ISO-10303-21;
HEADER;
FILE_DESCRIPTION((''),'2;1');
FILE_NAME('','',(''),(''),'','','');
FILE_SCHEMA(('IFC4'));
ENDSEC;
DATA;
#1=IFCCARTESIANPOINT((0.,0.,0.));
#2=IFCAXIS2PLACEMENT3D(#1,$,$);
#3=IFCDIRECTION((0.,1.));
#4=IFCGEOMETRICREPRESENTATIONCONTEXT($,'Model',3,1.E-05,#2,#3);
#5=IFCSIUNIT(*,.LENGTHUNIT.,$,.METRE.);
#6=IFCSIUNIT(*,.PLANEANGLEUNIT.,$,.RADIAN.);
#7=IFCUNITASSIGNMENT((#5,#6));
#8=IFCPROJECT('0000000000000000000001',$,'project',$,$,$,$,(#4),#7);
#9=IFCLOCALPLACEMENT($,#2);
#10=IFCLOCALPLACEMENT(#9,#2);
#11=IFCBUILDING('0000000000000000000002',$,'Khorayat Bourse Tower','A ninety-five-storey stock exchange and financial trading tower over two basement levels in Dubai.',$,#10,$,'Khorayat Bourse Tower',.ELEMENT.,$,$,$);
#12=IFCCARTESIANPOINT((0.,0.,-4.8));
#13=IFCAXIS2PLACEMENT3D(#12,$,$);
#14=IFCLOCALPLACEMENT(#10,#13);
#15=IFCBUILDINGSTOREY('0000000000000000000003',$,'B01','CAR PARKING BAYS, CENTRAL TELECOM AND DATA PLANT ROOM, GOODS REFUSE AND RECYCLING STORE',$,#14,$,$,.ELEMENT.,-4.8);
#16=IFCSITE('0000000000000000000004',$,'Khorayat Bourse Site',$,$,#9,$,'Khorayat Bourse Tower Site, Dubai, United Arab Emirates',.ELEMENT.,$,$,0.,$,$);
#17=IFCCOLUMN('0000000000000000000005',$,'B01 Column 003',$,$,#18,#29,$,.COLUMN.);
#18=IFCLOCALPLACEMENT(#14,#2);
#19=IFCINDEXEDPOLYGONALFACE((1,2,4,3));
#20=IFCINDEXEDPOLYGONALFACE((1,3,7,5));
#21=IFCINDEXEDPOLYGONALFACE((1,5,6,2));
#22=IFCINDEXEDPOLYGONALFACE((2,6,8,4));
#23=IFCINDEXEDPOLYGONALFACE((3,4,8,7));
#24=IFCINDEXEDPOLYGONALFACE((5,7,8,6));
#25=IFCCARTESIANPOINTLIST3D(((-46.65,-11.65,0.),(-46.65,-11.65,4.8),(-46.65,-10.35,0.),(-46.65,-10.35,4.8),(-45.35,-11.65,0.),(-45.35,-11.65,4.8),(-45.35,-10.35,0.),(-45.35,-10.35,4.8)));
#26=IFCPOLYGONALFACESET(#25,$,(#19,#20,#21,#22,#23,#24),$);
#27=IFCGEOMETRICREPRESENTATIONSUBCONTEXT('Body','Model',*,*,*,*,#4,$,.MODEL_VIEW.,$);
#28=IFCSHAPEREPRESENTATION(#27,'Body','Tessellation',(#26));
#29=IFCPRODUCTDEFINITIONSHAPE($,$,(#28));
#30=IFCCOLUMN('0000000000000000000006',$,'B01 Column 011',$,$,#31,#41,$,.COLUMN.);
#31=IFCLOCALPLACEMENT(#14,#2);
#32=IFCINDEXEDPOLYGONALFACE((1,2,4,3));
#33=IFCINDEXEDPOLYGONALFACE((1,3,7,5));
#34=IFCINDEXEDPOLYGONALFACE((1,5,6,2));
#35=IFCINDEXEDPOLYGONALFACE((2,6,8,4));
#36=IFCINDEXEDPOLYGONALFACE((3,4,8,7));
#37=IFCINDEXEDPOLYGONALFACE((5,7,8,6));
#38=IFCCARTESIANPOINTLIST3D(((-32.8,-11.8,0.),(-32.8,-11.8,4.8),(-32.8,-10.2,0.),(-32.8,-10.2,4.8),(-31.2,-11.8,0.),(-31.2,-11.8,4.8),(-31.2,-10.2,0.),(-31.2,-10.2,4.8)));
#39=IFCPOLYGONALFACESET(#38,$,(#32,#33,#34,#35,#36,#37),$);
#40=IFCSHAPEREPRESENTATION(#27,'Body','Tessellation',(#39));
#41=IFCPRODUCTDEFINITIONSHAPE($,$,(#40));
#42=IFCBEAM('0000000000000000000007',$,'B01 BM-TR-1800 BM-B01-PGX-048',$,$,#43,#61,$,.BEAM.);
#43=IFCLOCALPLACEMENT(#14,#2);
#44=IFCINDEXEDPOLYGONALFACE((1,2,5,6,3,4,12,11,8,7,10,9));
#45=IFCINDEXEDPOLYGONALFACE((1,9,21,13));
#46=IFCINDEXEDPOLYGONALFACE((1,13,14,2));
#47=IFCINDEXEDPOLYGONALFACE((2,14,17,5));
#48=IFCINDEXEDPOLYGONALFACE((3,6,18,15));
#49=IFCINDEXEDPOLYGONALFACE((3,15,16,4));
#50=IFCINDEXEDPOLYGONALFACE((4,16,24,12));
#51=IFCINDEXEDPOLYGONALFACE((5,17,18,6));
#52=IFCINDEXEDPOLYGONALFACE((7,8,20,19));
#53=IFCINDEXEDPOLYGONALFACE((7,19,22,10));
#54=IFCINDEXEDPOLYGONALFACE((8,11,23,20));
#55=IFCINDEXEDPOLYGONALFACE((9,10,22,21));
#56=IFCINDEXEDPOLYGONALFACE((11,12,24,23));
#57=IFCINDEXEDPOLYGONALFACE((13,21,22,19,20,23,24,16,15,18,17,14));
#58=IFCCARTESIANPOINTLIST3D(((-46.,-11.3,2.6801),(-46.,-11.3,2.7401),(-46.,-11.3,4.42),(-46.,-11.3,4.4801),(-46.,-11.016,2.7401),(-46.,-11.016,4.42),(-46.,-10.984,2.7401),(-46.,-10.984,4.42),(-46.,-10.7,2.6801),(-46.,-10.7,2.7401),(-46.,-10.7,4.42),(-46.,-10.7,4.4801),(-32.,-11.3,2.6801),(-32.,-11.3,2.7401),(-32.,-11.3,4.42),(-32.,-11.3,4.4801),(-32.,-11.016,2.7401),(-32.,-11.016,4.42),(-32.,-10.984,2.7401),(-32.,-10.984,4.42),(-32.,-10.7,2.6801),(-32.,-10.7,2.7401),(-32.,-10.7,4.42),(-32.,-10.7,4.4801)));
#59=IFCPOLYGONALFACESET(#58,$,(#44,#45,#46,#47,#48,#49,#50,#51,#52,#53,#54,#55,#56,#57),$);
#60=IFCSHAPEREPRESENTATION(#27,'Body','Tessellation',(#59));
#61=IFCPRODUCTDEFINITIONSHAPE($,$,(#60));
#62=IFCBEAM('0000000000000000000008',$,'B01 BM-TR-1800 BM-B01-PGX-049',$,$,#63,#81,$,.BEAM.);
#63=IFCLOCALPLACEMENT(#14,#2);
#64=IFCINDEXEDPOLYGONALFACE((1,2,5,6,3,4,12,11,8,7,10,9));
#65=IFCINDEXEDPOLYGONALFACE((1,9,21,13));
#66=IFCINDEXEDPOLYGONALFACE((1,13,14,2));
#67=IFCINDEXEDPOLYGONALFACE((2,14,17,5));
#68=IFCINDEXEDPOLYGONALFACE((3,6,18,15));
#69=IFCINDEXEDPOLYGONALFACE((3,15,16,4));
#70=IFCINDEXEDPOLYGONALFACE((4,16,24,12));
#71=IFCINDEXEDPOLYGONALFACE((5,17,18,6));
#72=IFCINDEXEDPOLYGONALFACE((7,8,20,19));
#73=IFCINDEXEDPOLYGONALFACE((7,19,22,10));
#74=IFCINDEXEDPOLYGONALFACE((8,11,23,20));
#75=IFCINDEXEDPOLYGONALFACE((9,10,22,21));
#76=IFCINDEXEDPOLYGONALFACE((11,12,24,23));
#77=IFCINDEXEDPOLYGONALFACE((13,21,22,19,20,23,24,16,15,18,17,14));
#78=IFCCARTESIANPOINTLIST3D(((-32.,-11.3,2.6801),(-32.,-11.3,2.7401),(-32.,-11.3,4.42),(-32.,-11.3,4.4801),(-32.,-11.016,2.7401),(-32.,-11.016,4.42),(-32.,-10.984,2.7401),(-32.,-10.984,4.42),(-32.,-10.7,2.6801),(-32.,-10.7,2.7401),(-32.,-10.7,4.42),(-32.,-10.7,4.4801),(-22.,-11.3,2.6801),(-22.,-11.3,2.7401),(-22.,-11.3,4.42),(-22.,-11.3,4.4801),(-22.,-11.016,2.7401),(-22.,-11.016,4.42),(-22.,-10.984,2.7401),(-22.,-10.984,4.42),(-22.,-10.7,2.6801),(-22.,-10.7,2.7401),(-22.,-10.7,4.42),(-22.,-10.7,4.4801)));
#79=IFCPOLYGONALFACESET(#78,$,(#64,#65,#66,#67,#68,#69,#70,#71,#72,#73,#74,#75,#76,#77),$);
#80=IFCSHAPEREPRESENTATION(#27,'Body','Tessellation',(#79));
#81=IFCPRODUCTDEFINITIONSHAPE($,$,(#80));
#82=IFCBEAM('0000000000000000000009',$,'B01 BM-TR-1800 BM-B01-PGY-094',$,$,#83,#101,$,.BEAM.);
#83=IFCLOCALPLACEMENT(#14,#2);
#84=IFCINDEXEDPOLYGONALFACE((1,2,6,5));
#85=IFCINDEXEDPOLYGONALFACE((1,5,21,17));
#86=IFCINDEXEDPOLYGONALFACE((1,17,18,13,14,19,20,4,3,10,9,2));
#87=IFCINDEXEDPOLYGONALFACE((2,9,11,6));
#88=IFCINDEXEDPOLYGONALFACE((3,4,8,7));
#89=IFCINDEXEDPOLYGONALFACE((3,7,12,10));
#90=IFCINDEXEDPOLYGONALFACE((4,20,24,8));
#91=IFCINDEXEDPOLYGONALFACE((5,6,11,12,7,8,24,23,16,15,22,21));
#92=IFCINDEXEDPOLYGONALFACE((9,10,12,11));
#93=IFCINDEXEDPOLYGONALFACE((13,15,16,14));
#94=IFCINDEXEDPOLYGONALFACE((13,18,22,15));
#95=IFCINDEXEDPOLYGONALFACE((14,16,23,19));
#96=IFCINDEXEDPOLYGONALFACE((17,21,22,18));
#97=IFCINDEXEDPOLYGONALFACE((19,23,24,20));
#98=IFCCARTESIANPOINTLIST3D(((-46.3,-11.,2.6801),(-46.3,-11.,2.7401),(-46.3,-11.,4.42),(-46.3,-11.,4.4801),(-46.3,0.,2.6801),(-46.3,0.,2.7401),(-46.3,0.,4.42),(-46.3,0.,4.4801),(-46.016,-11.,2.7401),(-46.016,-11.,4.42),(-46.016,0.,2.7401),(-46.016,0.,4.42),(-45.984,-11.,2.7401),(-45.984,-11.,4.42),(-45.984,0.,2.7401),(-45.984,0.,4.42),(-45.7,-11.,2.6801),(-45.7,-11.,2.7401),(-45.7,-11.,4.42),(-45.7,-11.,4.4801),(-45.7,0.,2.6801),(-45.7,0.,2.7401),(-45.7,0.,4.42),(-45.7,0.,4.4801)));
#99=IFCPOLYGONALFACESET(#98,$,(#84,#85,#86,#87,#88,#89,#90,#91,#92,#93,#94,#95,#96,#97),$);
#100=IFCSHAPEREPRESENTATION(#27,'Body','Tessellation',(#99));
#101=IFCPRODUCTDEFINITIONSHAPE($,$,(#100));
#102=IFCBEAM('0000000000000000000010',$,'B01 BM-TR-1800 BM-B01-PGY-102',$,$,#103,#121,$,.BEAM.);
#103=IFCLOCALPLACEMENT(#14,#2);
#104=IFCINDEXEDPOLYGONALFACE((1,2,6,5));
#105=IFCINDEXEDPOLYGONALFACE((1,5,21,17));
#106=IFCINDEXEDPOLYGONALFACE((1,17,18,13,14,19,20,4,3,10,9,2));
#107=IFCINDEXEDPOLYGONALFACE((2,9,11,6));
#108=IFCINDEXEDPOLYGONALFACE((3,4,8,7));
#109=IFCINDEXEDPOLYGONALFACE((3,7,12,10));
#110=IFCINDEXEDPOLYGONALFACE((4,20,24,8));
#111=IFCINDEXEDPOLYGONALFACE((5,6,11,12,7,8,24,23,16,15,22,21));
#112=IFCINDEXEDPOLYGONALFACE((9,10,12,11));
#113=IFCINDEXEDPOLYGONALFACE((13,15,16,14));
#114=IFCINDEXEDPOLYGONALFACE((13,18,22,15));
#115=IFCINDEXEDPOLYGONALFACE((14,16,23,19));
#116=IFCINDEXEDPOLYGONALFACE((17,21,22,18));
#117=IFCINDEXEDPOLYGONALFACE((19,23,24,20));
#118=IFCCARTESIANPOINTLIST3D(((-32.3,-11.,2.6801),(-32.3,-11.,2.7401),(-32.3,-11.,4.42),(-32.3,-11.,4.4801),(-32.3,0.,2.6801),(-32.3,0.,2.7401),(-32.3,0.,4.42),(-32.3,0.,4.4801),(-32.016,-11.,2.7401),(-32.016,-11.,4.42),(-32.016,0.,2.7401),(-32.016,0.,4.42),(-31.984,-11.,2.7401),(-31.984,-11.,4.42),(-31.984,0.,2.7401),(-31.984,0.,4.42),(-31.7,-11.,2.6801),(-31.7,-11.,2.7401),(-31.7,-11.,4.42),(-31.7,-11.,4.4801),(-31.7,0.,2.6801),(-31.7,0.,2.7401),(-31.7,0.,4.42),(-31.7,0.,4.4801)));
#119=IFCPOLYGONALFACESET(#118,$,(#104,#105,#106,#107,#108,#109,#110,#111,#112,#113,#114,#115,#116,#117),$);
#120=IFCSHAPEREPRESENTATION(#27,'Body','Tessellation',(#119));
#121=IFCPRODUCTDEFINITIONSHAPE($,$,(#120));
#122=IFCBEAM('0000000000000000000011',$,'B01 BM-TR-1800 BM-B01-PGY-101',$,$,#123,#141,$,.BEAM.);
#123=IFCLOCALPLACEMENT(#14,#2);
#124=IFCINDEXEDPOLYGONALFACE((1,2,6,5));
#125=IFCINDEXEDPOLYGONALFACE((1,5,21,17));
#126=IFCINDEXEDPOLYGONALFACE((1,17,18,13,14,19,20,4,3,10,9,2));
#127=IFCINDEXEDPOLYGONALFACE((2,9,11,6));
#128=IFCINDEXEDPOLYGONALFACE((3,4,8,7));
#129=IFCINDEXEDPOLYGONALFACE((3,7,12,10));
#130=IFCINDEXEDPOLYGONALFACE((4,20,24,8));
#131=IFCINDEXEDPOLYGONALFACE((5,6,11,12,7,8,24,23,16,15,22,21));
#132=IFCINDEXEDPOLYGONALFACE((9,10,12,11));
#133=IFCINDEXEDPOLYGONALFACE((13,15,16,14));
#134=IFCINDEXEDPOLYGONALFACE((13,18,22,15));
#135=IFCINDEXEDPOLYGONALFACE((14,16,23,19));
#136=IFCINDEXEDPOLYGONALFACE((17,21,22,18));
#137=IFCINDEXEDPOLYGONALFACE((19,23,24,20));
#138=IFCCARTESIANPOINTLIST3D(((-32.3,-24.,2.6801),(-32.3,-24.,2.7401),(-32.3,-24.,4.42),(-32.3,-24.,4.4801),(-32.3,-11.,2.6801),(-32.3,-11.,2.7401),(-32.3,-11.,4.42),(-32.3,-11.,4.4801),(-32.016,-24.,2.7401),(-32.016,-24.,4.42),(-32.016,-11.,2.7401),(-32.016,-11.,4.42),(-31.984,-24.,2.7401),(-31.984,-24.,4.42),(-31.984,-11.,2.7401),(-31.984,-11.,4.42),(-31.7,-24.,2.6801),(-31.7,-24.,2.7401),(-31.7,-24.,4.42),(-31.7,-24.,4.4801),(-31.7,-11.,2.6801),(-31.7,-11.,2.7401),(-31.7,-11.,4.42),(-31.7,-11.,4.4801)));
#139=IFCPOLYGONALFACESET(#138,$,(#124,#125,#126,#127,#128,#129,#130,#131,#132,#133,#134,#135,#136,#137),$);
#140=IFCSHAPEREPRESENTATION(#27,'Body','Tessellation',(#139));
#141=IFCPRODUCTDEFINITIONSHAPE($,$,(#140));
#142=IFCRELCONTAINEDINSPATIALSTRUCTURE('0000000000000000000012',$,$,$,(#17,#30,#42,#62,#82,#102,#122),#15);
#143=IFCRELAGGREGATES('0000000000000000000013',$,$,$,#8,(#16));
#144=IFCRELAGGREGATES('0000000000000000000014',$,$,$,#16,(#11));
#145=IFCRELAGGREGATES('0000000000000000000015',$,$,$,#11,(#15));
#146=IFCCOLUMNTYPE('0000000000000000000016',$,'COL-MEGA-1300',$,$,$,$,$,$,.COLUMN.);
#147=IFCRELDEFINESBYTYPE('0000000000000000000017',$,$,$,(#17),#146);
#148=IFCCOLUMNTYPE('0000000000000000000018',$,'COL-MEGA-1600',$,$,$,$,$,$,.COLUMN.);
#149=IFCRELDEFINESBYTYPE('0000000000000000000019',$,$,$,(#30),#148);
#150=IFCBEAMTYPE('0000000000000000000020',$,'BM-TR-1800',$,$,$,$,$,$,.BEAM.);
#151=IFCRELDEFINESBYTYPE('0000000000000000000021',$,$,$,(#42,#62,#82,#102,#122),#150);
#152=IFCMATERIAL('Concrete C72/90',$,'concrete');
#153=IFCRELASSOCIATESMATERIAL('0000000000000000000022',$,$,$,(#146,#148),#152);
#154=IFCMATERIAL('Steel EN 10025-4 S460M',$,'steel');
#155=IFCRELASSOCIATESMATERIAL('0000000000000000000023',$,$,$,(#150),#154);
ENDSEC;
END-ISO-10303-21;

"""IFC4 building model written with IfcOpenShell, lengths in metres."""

from ifc_helpers import new_model, si_unit, direction, frame, origin, origin_2d, place, context, subcontext, project, spatial, rectangle, i_section, extrude, source, transform, mapped, material, material_profile, profile_set, type_object, element, save


model = new_model("IFC4")

# Units and contexts
model_context = context("Model", 3, precision=1e-05, world=origin(), true_north=direction((0.0, 1.0)))
body_context = subcontext(model_context, "Body", "Model", "MODEL_VIEW")
ifc_project = project(units=[si_unit("LENGTHUNIT", "METRE"), si_unit("PLANEANGLEUNIT", "RADIAN")], contexts=[model_context])

# Site, building, storey
site_placement = place(None, origin())
site = spatial("IfcSite", under=ifc_project, at=site_placement, Name="Khorayat Bourse Site", LongName="Khorayat Bourse Tower Site, Dubai, United Arab Emirates", CompositionType="ELEMENT", RefElevation=0.0)
building_placement = place(site_placement, origin())
building = spatial("IfcBuilding", under=site, at=building_placement, Name="Khorayat Bourse Tower", Description="A ninety-five-storey stock exchange and financial trading tower over two basement levels in Dubai.", LongName="Khorayat Bourse Tower", CompositionType="ELEMENT")
storey_placement = place(building_placement, frame((0.0, 0.0, -4.8)))
storey = spatial("IfcBuildingStorey", under=building, at=storey_placement, Name="B01", Description="CAR PARKING BAYS, CENTRAL TELECOM AND DATA PLANT ROOM, GOODS REFUSE AND RECYCLING STORE", CompositionType="ELEMENT", Elevation=-4.8)

# Columns
ifc_material_1 = material(Name="Concrete C72/90", Category="concrete")
ifc_material_profile_1 = material_profile(ifc_material_1, rectangle(XDim=1.3, YDim=1.3, at=origin_2d()), Name="RC 1300x1300")
ifc_profile_set_1 = profile_set([ifc_material_profile_1], Name="Concrete C72/90")
column_type_1 = type_object("IfcColumnType", Name="COL-MEGA-1300", PredefinedType="COLUMN", material=ifc_profile_set_1)
shared_shape_1 = source(origin(), body_context, "Body", "SweptSolid", [
    extrude(rectangle(XDim=1.3, YDim=1.3, at=origin_2d()), origin(), (0.0, 0.0, 1.0), 4.8),
])
column_1_placement = place(storey_placement, frame((-46.0, -11.0, 0.0), z_axis=(0.0, 0.0, 1.0), x_axis=(1.0, 0.0, 0.0)))
element("IfcColumn", 1, at=column_1_placement, inside=storey, type_object=column_type_1, Name="B01 Column 003", PredefinedType="COLUMN", context=body_context, shape_type="MappedRepresentation", body=[
    mapped(shared_shape_1, transform((0.0, 0.0, 0.0), scale=1.0)),
])
ifc_material_profile_2 = material_profile(ifc_material_1, rectangle(XDim=1.6001, YDim=1.6001, at=origin_2d()), Name="RC 1600x1600")
ifc_profile_set_2 = profile_set([ifc_material_profile_2], Name="Concrete C72/90")
column_type_2 = type_object("IfcColumnType", Name="COL-MEGA-1600", PredefinedType="COLUMN", material=ifc_profile_set_2)
shared_shape_2 = source(origin(), body_context, "Body", "SweptSolid", [
    extrude(rectangle(XDim=1.6001, YDim=1.6001, at=origin_2d()), origin(), (0.0, 0.0, 1.0), 4.8),
])
column_2_placement = place(storey_placement, frame((-32.0, -11.0, 0.0), z_axis=(0.0, 0.0, 1.0), x_axis=(1.0, 0.0, 0.0)))
element("IfcColumn", 2, at=column_2_placement, inside=storey, type_object=column_type_2, Name="B01 Column 011", PredefinedType="COLUMN", context=body_context, shape_type="MappedRepresentation", body=[
    mapped(shared_shape_2, transform((0.0, 0.0, 0.0), scale=1.0)),
])

# Beams
ifc_material_2 = material(Name="Steel EN 10025-4 S460M", Category="steel")
ifc_material_profile_3 = material_profile(ifc_material_2, i_section(OverallWidth=0.6001, OverallDepth=1.8, WebThickness=0.032, FlangeThickness=0.0601, at=origin_2d()), Name="PG 1800x600x32x60")
ifc_profile_set_3 = profile_set([ifc_material_profile_3], Name="Steel EN 10025-4 S460M")
beam_type_1 = type_object("IfcBeamType", Name="BM-TR-1800", PredefinedType="BEAM", material=ifc_profile_set_3)
shared_shape_3 = source(origin(), body_context, "Body", "SweptSolid", [
    extrude(i_section(OverallWidth=0.6001, OverallDepth=1.8, WebThickness=0.032, FlangeThickness=0.0601, at=origin_2d()), origin(), (0.0, 0.0, 1.0), 14.0),
])
beam_1_placement = place(storey_placement, frame((-46.0, -11.0, 3.5801), z_axis=(1.0, 0.0, 0.0), x_axis=(0.0, 1.0, 0.0)))
element("IfcBeam", 3, at=beam_1_placement, inside=storey, type_object=beam_type_1, Name="B01 BM-TR-1800 BM-B01-PGX-048", PredefinedType="BEAM", context=body_context, shape_type="MappedRepresentation", body=[
    mapped(shared_shape_3, transform((0.0, 0.0, 0.0), scale=1.0)),
])
shared_shape_4 = source(origin(), body_context, "Body", "SweptSolid", [
    extrude(i_section(OverallWidth=0.6001, OverallDepth=1.8, WebThickness=0.032, FlangeThickness=0.0601, at=origin_2d()), origin(), (0.0, 0.0, 1.0), 10.0),
])
beam_2_placement = place(storey_placement, frame((-32.0, -11.0, 3.5801), z_axis=(1.0, 0.0, 0.0), x_axis=(0.0, 1.0, 0.0)))
element("IfcBeam", 4, at=beam_2_placement, inside=storey, type_object=beam_type_1, Name="B01 BM-TR-1800 BM-B01-PGX-049", PredefinedType="BEAM", context=body_context, shape_type="MappedRepresentation", body=[
    mapped(shared_shape_4, transform((0.0, 0.0, 0.0), scale=1.0)),
])
shared_shape_5 = source(origin(), body_context, "Body", "SweptSolid", [
    extrude(i_section(OverallWidth=0.6001, OverallDepth=1.8, WebThickness=0.032, FlangeThickness=0.0601, at=origin_2d()), origin(), (0.0, 0.0, 1.0), 11.0),
])
for number, where, z_axis, x_axis, name in (
    (5, (-46.0, -11.0, 3.5801), (0.0, 1.0, 0.0), (-1.0, 0.0, 0.0), "B01 BM-TR-1800 BM-B01-PGY-094"),
    (6, (-32.0, -11.0, 3.5801), (0.0, 1.0, 0.0), (-1.0, 0.0, 0.0), "B01 BM-TR-1800 BM-B01-PGY-102"),
):
    element("IfcBeam", number, at=place(storey_placement, frame(where, z_axis=z_axis, x_axis=x_axis)), inside=storey, type_object=beam_type_1, Name=name, PredefinedType="BEAM", context=body_context, shape_type="MappedRepresentation", body=[
        mapped(shared_shape_5, transform((0.0, 0.0, 0.0), scale=1.0)),
    ])
shared_shape_6 = source(origin(), body_context, "Body", "SweptSolid", [
    extrude(i_section(OverallWidth=0.6001, OverallDepth=1.8, WebThickness=0.032, FlangeThickness=0.0601, at=origin_2d()), origin(), (0.0, 0.0, 1.0), 13.0),
])
beam_3_placement = place(storey_placement, frame((-32.0, -24.0, 3.5801), z_axis=(0.0, 1.0, 0.0), x_axis=(-1.0, 0.0, 0.0)))
element("IfcBeam", 7, at=beam_3_placement, inside=storey, type_object=beam_type_1, Name="B01 BM-TR-1800 BM-B01-PGY-101", PredefinedType="BEAM", context=body_context, shape_type="MappedRepresentation", body=[
    mapped(shared_shape_6, transform((0.0, 0.0, 0.0), scale=1.0)),
])

save(model, "model.ifc")
